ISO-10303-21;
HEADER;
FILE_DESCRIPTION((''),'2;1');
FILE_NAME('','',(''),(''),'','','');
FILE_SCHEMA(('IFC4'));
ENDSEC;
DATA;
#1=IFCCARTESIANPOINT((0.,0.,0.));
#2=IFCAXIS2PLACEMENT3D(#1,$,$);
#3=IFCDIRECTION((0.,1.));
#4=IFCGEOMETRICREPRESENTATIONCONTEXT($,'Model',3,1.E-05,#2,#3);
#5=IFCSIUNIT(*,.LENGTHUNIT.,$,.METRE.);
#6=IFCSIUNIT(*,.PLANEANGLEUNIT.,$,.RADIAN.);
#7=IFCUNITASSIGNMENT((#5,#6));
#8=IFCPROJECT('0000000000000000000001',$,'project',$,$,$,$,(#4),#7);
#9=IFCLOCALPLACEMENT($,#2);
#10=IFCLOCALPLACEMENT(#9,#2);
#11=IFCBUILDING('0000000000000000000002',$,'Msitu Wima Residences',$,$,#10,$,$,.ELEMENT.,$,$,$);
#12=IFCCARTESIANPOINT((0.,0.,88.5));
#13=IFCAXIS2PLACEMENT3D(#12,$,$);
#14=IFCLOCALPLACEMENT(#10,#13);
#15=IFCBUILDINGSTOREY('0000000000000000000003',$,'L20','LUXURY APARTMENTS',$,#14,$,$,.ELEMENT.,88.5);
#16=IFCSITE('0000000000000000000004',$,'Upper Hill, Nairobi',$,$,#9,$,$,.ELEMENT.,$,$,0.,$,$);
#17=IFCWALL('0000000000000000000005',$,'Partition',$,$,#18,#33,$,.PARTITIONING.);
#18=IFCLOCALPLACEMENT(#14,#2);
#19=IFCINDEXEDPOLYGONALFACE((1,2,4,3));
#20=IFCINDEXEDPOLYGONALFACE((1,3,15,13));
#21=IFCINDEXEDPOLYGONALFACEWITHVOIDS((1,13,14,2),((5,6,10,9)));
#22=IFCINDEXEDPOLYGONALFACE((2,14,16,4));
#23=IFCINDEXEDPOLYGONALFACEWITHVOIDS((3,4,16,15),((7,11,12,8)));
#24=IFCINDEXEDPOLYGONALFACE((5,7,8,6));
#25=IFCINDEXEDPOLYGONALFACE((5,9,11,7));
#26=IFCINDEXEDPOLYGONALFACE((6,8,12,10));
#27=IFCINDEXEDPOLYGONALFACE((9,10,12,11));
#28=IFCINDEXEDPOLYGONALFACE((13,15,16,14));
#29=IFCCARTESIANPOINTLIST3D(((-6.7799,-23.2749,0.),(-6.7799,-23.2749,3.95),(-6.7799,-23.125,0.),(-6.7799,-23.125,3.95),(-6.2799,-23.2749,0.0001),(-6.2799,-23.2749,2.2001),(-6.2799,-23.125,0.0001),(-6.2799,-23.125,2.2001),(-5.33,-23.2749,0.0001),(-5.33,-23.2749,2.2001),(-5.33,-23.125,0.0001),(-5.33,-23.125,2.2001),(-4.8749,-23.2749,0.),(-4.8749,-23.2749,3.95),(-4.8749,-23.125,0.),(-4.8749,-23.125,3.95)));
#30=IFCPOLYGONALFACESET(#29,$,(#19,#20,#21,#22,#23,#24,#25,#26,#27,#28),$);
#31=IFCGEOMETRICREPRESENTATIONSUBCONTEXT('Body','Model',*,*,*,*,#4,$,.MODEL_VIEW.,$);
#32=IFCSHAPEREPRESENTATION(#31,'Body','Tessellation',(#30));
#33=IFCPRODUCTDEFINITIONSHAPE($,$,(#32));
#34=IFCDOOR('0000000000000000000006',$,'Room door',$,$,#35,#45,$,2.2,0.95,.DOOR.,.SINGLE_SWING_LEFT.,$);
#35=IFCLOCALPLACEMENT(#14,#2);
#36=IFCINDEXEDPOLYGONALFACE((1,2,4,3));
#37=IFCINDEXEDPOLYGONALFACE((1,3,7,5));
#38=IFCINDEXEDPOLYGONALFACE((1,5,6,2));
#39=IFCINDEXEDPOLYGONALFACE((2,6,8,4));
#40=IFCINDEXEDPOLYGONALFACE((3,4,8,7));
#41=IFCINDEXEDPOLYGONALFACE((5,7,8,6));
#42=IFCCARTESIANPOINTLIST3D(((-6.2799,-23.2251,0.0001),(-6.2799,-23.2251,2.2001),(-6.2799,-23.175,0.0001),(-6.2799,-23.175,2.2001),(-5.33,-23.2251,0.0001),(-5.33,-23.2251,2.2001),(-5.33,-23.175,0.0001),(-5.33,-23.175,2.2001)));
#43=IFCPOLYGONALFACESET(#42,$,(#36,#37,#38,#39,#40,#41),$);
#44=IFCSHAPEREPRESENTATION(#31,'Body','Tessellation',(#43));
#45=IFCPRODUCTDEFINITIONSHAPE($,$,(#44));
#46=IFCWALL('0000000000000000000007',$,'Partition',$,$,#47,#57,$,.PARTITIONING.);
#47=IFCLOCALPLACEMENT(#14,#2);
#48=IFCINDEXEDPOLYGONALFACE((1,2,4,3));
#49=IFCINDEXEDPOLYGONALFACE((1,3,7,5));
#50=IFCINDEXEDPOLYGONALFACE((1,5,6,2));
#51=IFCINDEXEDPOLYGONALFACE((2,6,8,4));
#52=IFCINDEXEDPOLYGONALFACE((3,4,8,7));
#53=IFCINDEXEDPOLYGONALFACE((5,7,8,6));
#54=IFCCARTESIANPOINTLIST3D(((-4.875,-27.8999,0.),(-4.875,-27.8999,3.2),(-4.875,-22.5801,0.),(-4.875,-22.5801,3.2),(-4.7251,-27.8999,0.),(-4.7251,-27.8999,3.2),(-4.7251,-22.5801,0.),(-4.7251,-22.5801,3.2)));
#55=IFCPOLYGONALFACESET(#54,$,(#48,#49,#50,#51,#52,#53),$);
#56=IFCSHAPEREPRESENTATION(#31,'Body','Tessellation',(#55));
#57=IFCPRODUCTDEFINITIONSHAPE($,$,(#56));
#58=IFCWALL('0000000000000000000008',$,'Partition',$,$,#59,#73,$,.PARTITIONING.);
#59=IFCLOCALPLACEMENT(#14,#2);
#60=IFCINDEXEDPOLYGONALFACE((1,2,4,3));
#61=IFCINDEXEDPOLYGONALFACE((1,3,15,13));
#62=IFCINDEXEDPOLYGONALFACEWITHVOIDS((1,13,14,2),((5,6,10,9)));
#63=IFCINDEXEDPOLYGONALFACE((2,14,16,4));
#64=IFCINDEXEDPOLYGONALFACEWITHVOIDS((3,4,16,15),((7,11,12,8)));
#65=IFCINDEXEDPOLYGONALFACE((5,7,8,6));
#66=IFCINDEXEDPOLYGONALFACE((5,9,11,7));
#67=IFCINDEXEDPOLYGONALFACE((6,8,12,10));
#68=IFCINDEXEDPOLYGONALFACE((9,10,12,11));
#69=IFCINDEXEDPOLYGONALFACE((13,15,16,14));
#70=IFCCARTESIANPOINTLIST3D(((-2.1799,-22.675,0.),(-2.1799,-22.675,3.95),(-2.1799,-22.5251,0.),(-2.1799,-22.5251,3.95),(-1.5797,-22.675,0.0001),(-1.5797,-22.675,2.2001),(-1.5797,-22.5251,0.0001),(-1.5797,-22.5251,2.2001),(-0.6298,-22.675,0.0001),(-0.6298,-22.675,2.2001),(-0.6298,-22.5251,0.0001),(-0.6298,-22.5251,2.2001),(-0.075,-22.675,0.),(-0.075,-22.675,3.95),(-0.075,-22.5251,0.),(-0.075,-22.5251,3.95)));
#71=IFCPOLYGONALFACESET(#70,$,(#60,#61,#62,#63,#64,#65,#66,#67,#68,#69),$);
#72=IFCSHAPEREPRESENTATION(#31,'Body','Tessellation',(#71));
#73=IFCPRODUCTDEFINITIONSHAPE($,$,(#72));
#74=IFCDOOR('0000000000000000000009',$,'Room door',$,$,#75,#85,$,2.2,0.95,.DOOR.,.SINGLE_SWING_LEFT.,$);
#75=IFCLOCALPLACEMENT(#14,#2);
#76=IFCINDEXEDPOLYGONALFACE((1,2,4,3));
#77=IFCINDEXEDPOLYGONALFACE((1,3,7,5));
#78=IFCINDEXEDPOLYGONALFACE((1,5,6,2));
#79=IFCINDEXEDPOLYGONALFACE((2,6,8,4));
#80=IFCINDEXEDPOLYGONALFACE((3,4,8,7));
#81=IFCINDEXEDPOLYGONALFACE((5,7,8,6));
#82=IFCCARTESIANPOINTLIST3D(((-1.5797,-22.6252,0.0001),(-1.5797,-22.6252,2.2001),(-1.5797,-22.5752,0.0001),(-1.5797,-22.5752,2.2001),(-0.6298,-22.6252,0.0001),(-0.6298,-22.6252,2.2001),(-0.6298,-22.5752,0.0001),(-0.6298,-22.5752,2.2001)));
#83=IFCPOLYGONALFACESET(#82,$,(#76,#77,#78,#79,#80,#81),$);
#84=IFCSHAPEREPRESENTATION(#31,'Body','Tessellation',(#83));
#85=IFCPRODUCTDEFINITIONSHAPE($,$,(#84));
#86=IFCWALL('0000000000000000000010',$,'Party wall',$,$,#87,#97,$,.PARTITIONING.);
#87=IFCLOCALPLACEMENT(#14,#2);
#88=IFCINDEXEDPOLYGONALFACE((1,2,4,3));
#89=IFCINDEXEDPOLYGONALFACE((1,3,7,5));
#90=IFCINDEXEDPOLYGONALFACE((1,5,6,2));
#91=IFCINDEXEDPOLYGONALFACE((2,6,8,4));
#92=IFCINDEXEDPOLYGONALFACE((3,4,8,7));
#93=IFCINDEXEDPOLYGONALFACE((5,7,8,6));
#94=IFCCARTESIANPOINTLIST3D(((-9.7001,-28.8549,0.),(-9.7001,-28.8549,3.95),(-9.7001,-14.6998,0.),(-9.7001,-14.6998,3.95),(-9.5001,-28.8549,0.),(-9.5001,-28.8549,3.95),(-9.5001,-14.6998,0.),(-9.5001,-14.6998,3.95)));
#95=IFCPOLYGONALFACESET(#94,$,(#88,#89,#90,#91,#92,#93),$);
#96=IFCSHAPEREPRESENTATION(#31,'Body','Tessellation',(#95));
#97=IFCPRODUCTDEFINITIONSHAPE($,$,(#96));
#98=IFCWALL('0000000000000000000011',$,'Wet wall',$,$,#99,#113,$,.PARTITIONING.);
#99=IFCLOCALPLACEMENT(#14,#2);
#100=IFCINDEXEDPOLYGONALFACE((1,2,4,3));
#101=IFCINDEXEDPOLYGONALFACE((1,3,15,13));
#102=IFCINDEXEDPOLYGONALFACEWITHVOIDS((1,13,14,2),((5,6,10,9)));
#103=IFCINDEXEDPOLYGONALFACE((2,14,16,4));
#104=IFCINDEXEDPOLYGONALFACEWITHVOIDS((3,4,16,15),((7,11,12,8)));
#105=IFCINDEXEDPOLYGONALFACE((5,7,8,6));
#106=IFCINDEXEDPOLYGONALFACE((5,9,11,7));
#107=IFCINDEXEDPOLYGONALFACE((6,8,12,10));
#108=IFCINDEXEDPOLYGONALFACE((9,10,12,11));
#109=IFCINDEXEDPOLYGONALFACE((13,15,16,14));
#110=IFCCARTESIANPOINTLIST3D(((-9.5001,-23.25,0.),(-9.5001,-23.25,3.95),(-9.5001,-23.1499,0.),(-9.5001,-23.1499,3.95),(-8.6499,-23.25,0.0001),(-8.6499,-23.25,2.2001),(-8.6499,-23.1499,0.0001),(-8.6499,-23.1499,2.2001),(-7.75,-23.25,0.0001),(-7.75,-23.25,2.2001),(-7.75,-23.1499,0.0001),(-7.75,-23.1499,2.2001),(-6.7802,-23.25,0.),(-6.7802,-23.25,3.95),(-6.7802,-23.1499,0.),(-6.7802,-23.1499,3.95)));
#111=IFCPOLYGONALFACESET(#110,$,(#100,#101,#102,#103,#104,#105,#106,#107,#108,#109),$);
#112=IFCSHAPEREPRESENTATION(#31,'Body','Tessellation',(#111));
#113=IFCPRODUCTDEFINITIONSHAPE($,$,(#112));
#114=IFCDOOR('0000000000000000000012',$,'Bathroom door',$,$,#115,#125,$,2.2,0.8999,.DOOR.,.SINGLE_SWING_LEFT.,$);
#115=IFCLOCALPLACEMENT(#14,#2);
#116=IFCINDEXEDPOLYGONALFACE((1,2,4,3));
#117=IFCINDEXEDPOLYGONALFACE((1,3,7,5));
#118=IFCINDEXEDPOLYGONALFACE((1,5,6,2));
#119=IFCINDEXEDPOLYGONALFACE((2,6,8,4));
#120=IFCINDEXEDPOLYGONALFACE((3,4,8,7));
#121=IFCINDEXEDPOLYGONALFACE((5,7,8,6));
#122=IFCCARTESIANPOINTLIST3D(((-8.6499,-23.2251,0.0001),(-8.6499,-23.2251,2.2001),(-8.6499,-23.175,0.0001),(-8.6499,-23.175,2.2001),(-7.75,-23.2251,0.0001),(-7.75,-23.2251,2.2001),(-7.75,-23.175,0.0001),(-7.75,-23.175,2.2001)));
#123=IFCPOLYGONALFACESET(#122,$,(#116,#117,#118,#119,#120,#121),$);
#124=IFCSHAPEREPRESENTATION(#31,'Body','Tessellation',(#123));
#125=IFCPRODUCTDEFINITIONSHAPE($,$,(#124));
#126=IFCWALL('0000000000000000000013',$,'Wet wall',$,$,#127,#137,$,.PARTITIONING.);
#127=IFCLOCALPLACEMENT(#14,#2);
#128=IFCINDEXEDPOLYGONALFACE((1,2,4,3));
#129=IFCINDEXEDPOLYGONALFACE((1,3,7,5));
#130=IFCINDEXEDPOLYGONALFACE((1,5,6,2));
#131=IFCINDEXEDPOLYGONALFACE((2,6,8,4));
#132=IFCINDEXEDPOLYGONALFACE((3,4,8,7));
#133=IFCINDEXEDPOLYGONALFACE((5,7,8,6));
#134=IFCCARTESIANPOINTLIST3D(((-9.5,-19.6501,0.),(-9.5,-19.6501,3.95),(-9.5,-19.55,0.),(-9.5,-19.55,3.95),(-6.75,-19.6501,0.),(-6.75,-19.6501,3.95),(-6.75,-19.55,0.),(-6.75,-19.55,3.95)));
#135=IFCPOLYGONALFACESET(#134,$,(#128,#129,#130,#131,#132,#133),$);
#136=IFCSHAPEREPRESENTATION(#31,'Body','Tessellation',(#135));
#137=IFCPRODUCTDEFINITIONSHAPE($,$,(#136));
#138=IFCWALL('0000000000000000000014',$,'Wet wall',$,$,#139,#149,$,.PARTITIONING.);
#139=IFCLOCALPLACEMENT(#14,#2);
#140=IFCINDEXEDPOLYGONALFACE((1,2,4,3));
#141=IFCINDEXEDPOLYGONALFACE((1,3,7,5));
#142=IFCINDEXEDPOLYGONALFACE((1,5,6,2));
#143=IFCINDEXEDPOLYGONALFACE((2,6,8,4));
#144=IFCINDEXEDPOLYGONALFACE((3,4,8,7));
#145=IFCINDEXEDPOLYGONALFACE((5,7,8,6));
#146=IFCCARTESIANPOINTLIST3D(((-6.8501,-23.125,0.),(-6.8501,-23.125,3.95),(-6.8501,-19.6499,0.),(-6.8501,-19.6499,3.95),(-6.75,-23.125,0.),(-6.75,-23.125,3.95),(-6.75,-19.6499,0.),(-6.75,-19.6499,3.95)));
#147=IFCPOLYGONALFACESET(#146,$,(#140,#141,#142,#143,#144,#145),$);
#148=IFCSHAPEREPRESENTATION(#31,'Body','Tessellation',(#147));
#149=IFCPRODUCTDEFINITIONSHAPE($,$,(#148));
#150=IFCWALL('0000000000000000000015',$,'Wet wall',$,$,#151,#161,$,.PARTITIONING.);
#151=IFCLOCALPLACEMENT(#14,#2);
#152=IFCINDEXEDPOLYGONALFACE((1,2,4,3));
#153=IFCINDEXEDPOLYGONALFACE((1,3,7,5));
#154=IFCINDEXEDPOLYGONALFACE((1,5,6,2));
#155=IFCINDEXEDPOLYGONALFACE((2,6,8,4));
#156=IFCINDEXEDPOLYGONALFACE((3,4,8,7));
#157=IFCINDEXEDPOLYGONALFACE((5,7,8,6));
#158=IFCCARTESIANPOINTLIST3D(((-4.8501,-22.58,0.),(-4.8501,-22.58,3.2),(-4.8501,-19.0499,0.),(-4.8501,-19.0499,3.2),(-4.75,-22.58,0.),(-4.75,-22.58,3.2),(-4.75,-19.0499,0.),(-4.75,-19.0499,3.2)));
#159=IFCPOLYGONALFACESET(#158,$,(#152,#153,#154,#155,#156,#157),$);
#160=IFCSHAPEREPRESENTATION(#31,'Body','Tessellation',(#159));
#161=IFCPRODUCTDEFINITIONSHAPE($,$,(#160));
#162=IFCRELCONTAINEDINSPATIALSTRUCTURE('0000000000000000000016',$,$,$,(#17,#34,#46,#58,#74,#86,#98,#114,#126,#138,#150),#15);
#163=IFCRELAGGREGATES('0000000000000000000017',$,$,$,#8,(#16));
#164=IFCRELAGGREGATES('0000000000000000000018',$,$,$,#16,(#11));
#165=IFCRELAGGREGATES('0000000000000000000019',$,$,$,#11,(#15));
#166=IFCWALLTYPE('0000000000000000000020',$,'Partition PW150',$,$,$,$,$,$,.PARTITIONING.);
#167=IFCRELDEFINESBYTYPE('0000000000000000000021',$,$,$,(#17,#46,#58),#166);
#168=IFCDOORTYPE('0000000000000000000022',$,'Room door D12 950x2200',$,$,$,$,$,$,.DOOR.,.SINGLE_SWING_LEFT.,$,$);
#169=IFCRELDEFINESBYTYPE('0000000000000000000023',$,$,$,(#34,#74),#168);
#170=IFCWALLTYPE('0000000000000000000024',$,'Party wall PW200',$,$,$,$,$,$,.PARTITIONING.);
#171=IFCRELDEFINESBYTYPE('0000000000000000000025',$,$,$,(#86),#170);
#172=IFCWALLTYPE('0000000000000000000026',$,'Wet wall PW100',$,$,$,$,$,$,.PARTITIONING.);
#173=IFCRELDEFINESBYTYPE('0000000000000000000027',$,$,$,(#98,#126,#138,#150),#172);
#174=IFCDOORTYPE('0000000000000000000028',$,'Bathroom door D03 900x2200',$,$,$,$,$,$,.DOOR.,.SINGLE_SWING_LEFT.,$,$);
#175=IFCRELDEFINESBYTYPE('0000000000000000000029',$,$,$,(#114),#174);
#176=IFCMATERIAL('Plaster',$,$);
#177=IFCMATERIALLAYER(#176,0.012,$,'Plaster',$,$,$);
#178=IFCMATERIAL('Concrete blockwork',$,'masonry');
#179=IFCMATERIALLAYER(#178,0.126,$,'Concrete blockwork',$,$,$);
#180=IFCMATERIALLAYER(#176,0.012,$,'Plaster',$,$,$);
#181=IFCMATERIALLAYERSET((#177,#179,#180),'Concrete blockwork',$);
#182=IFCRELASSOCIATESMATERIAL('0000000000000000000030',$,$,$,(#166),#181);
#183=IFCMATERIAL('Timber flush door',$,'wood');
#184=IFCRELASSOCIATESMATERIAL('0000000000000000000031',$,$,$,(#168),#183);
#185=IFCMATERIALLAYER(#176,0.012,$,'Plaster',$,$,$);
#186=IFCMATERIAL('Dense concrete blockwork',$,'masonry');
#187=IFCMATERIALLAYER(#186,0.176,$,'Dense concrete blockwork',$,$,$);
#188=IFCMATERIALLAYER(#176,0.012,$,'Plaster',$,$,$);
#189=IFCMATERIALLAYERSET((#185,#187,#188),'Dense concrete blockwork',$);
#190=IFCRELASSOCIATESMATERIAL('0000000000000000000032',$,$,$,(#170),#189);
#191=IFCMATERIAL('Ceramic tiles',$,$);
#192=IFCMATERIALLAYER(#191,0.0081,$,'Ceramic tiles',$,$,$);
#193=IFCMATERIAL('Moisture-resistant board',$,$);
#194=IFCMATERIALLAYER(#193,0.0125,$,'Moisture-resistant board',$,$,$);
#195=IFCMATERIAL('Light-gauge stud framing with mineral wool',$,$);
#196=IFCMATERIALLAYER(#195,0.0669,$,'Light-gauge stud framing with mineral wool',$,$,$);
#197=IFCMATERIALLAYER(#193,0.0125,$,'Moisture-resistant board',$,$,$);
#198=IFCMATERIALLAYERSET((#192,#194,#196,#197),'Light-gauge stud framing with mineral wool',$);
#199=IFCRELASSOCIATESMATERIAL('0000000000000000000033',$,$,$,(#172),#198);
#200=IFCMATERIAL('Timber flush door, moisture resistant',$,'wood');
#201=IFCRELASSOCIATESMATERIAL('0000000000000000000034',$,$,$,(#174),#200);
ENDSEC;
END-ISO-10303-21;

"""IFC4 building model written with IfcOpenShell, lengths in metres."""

from ifc_helpers import new_model, si_unit, direction, frame, frame_2d, origin, place, context, subcontext, project, spatial, rectangle, extrude, material, layer, layer_set, type_object, element, fill, save


model = new_model("IFC4")

# Units and contexts
model_context = context("Model", 3, precision=1e-05, world=origin(), true_north=direction((0.0, 1.0)))
body_context = subcontext(model_context, "Body", "Model", "MODEL_VIEW")
ifc_project = project(units=[si_unit("LENGTHUNIT", "METRE"), si_unit("PLANEANGLEUNIT", "RADIAN")], contexts=[model_context])

# Site, building, storey
site_placement = place(None, origin())
site = spatial("IfcSite", under=ifc_project, at=site_placement, Name="Upper Hill, Nairobi", CompositionType="ELEMENT", RefElevation=0.0)
building_placement = place(site_placement, origin())
building = spatial("IfcBuilding", under=site, at=building_placement, Name="Msitu Wima Residences", CompositionType="ELEMENT")
storey_placement = place(building_placement, frame((0.0, 0.0, 88.5)))
storey = spatial("IfcBuildingStorey", under=building, at=storey_placement, Name="L20", Description="LUXURY APARTMENTS", CompositionType="ELEMENT", Elevation=88.5)

# Shared definitions
ifc_material_1 = material(Name="Plaster")
ifc_layer_1 = layer(ifc_material_1, 0.012, Name="Plaster")
ifc_material_2 = material(Name="Concrete blockwork", Category="masonry")
ifc_layer_2 = layer(ifc_material_2, 0.126, Name="Concrete blockwork")
ifc_layer_3 = layer(ifc_material_1, 0.012, Name="Plaster")
ifc_layer_set_1 = layer_set([ifc_layer_1, ifc_layer_2, ifc_layer_3], Name="Concrete blockwork")
wall_type_1 = type_object("IfcWallType", Name="Partition PW150", PredefinedType="PARTITIONING", material=ifc_layer_set_1)

# Wall, opening, door
wall_1_placement = place(storey_placement, frame((-6.78, -23.2, 0.0), z_axis=(0.0, 0.0, 1.0), x_axis=(1.0, 0.0, 0.0)))
wall_1 = element("IfcWall", 1, at=wall_1_placement, inside=storey, type_object=wall_type_1, Name="Partition", PredefinedType="PARTITIONING", context=body_context, shape_type="SweptSolid", body=[
    extrude(rectangle(XDim=1.905, YDim=0.1499, at=frame_2d((0.9526, 0.0))), origin(), (0.0, 0.0, 1.0), 3.95),
])
opening_1_placement = place(wall_1_placement, frame((0.5, 0.0, 0.0)))
opening_1 = element("IfcOpeningElement", 2, at=opening_1_placement, cuts=wall_1, PredefinedType="OPENING", context=body_context, shape_type="SweptSolid", body=[
    extrude(rectangle(XDim=0.95, YDim=2.2, at=frame_2d((0.4751, 1.1001))), frame((0.0, 0.085, 0.0), z_axis=(0.0, -1.0, 0.0), x_axis=(1.0, 0.0, 0.0)), (0.0, 0.0, 1.0), 0.1699),
])
ifc_material_3 = material(Name="Timber flush door", Category="wood")
door_type_1 = type_object("IfcDoorType", Name="Room door D12 950x2200", OperationType="SINGLE_SWING_LEFT", PredefinedType="DOOR", material=ifc_material_3)
door_1_placement = place(opening_1_placement, origin())
door_1 = element("IfcDoor", 3, at=door_1_placement, inside=storey, type_object=door_type_1, Name="Room door", OperationType="SINGLE_SWING_LEFT", OverallHeight=2.2, OverallWidth=0.95, PredefinedType="DOOR", context=body_context, shape_type="SweptSolid", body=[
    extrude(rectangle(XDim=0.95, YDim=2.2, at=frame_2d((0.4751, 1.1001))), frame((0.0, 0.0249, 0.0), z_axis=(0.0, -1.0, 0.0), x_axis=(1.0, 0.0, 0.0)), (0.0, 0.0, 1.0), 0.05),
])
fill(opening_1, door_1)

# Wall
wall_2_placement = place(storey_placement, frame((-4.8, -27.8999, 0.0), z_axis=(0.0, 0.0, 1.0), x_axis=(0.0, 1.0, 0.0)))
element("IfcWall", 4, at=wall_2_placement, inside=storey, type_object=wall_type_1, Name="Partition", PredefinedType="PARTITIONING", context=body_context, shape_type="SweptSolid", body=[
    extrude(rectangle(XDim=5.3198, YDim=0.1499, at=frame_2d((2.6599, 0.0))), origin(), (0.0, 0.0, 1.0), 3.2),
])

# Wall, opening, door
wall_3_placement = place(storey_placement, frame((-2.1799, -22.6001, 0.0), z_axis=(0.0, 0.0, 1.0), x_axis=(1.0, 0.0, 0.0)))
wall_3 = element("IfcWall", 5, at=wall_3_placement, inside=storey, type_object=wall_type_1, Name="Partition", PredefinedType="PARTITIONING", context=body_context, shape_type="SweptSolid", body=[
    extrude(rectangle(XDim=2.105, YDim=0.1499, at=frame_2d((1.0525, 0.0))), origin(), (0.0, 0.0, 1.0), 3.95),
])
opening_2_placement = place(wall_3_placement, frame((0.6001, 0.0, 0.0)))
opening_2 = element("IfcOpeningElement", 6, at=opening_2_placement, cuts=wall_3, PredefinedType="OPENING", context=body_context, shape_type="SweptSolid", body=[
    extrude(rectangle(XDim=0.95, YDim=2.2, at=frame_2d((0.4751, 1.1001))), frame((0.0, 0.085, 0.0), z_axis=(0.0, -1.0, 0.0), x_axis=(1.0, 0.0, 0.0)), (0.0, 0.0, 1.0), 0.1699),
])
door_2_placement = place(opening_2_placement, origin())
door_2 = element("IfcDoor", 7, at=door_2_placement, inside=storey, type_object=door_type_1, Name="Room door", OperationType="SINGLE_SWING_LEFT", OverallHeight=2.2, OverallWidth=0.95, PredefinedType="DOOR", context=body_context, shape_type="SweptSolid", body=[
    extrude(rectangle(XDim=0.95, YDim=2.2, at=frame_2d((0.4751, 1.1001))), frame((0.0, 0.0249, 0.0), z_axis=(0.0, -1.0, 0.0), x_axis=(1.0, 0.0, 0.0)), (0.0, 0.0, 1.0), 0.05),
])
fill(opening_2, door_2)

# Wall
ifc_layer_4 = layer(ifc_material_1, 0.012, Name="Plaster")
ifc_material_4 = material(Name="Dense concrete blockwork", Category="masonry")
ifc_layer_5 = layer(ifc_material_4, 0.176, Name="Dense concrete blockwork")
ifc_layer_6 = layer(ifc_material_1, 0.012, Name="Plaster")
ifc_layer_set_2 = layer_set([ifc_layer_4, ifc_layer_5, ifc_layer_6], Name="Dense concrete blockwork")
wall_type_2 = type_object("IfcWallType", Name="Party wall PW200", PredefinedType="PARTITIONING", material=ifc_layer_set_2)
wall_4_placement = place(storey_placement, frame((-9.6001, -28.855, 0.0), z_axis=(0.0, 0.0, 1.0), x_axis=(0.0, 1.0, 0.0)))
element("IfcWall", 8, at=wall_4_placement, inside=storey, type_object=wall_type_2, Name="Party wall", PredefinedType="PARTITIONING", context=body_context, shape_type="SweptSolid", body=[
    extrude(rectangle(XDim=14.155, YDim=0.2, at=frame_2d((7.0776, 0.0))), origin(), (0.0, 0.0, 1.0), 3.95),
])

# Wall, opening, door
ifc_material_5 = material(Name="Ceramic tiles")
ifc_layer_7 = layer(ifc_material_5, 0.0081, Name="Ceramic tiles")
ifc_material_6 = material(Name="Moisture-resistant board")
ifc_layer_8 = layer(ifc_material_6, 0.0125, Name="Moisture-resistant board")
ifc_material_7 = material(Name="Light-gauge stud framing with mineral wool")
ifc_layer_9 = layer(ifc_material_7, 0.0669, Name="Light-gauge stud framing with mineral wool")
ifc_layer_10 = layer(ifc_material_6, 0.0125, Name="Moisture-resistant board")
ifc_layer_set_3 = layer_set([ifc_layer_7, ifc_layer_8, ifc_layer_9, ifc_layer_10], Name="Light-gauge stud framing with mineral wool")
wall_type_3 = type_object("IfcWallType", Name="Wet wall PW100", PredefinedType="PARTITIONING", material=ifc_layer_set_3)
wall_5_placement = place(storey_placement, frame((-9.5, -23.2, 0.0), z_axis=(0.0, 0.0, 1.0), x_axis=(1.0, 0.0, 0.0)))
wall_5 = element("IfcWall", 9, at=wall_5_placement, inside=storey, type_object=wall_type_3, Name="Wet wall", PredefinedType="PARTITIONING", context=body_context, shape_type="SweptSolid", body=[
    extrude(rectangle(XDim=2.72, YDim=0.1001, at=frame_2d((1.3599, 0.0))), origin(), (0.0, 0.0, 1.0), 3.95),
])
opening_3_placement = place(wall_5_placement, frame((0.8501, 0.0, 0.0)))
opening_3 = element("IfcOpeningElement", 10, at=opening_3_placement, cuts=wall_5, PredefinedType="OPENING", context=body_context, shape_type="SweptSolid", body=[
    extrude(rectangle(XDim=0.8999, YDim=2.2, at=frame_2d((0.45, 1.1001))), frame((0.0, 0.0601, 0.0), z_axis=(0.0, -1.0, 0.0), x_axis=(1.0, 0.0, 0.0)), (0.0, 0.0, 1.0), 0.1201),
])
ifc_material_8 = material(Name="Timber flush door, moisture resistant", Category="wood")
door_type_2 = type_object("IfcDoorType", Name="Bathroom door D03 900x2200", OperationType="SINGLE_SWING_LEFT", PredefinedType="DOOR", material=ifc_material_8)
door_3_placement = place(opening_3_placement, origin())
door_3 = element("IfcDoor", 11, at=door_3_placement, inside=storey, type_object=door_type_2, Name="Bathroom door", OperationType="SINGLE_SWING_LEFT", OverallHeight=2.2, OverallWidth=0.8999, PredefinedType="DOOR", context=body_context, shape_type="SweptSolid", body=[
    extrude(rectangle(XDim=0.8999, YDim=2.2, at=frame_2d((0.45, 1.1001))), frame((0.0, 0.0249, 0.0), z_axis=(0.0, -1.0, 0.0), x_axis=(1.0, 0.0, 0.0)), (0.0, 0.0, 1.0), 0.05),
])
fill(opening_3, door_3)

# Walls
wall_6_placement = place(storey_placement, frame((-9.5, -19.6001, 0.0), z_axis=(0.0, 0.0, 1.0), x_axis=(1.0, 0.0, 0.0)))
element("IfcWall", 12, at=wall_6_placement, inside=storey, type_object=wall_type_3, Name="Wet wall", PredefinedType="PARTITIONING", context=body_context, shape_type="SweptSolid", body=[
    extrude(rectangle(XDim=2.75, YDim=0.1001, at=frame_2d((1.375, 0.0))), origin(), (0.0, 0.0, 1.0), 3.95),
])
wall_7_placement = place(storey_placement, frame((-6.8, -23.125, 0.0), z_axis=(0.0, 0.0, 1.0), x_axis=(0.0, 1.0, 0.0)))
element("IfcWall", 13, at=wall_7_placement, inside=storey, type_object=wall_type_3, Name="Wet wall", PredefinedType="PARTITIONING", context=body_context, shape_type="SweptSolid", body=[
    extrude(rectangle(XDim=3.4751, YDim=0.1001, at=frame_2d((1.7375, 0.0))), origin(), (0.0, 0.0, 1.0), 3.95),
])
wall_8_placement = place(storey_placement, frame((-4.8, -22.5801, 0.0), z_axis=(0.0, 0.0, 1.0), x_axis=(0.0, 1.0, 0.0)))
element("IfcWall", 14, at=wall_8_placement, inside=storey, type_object=wall_type_3, Name="Wet wall", PredefinedType="PARTITIONING", context=body_context, shape_type="SweptSolid", body=[
    extrude(rectangle(XDim=3.53, YDim=0.1001, at=frame_2d((1.7651, 0.0))), origin(), (0.0, 0.0, 1.0), 3.2),
])

save(model, "model.ifc")
